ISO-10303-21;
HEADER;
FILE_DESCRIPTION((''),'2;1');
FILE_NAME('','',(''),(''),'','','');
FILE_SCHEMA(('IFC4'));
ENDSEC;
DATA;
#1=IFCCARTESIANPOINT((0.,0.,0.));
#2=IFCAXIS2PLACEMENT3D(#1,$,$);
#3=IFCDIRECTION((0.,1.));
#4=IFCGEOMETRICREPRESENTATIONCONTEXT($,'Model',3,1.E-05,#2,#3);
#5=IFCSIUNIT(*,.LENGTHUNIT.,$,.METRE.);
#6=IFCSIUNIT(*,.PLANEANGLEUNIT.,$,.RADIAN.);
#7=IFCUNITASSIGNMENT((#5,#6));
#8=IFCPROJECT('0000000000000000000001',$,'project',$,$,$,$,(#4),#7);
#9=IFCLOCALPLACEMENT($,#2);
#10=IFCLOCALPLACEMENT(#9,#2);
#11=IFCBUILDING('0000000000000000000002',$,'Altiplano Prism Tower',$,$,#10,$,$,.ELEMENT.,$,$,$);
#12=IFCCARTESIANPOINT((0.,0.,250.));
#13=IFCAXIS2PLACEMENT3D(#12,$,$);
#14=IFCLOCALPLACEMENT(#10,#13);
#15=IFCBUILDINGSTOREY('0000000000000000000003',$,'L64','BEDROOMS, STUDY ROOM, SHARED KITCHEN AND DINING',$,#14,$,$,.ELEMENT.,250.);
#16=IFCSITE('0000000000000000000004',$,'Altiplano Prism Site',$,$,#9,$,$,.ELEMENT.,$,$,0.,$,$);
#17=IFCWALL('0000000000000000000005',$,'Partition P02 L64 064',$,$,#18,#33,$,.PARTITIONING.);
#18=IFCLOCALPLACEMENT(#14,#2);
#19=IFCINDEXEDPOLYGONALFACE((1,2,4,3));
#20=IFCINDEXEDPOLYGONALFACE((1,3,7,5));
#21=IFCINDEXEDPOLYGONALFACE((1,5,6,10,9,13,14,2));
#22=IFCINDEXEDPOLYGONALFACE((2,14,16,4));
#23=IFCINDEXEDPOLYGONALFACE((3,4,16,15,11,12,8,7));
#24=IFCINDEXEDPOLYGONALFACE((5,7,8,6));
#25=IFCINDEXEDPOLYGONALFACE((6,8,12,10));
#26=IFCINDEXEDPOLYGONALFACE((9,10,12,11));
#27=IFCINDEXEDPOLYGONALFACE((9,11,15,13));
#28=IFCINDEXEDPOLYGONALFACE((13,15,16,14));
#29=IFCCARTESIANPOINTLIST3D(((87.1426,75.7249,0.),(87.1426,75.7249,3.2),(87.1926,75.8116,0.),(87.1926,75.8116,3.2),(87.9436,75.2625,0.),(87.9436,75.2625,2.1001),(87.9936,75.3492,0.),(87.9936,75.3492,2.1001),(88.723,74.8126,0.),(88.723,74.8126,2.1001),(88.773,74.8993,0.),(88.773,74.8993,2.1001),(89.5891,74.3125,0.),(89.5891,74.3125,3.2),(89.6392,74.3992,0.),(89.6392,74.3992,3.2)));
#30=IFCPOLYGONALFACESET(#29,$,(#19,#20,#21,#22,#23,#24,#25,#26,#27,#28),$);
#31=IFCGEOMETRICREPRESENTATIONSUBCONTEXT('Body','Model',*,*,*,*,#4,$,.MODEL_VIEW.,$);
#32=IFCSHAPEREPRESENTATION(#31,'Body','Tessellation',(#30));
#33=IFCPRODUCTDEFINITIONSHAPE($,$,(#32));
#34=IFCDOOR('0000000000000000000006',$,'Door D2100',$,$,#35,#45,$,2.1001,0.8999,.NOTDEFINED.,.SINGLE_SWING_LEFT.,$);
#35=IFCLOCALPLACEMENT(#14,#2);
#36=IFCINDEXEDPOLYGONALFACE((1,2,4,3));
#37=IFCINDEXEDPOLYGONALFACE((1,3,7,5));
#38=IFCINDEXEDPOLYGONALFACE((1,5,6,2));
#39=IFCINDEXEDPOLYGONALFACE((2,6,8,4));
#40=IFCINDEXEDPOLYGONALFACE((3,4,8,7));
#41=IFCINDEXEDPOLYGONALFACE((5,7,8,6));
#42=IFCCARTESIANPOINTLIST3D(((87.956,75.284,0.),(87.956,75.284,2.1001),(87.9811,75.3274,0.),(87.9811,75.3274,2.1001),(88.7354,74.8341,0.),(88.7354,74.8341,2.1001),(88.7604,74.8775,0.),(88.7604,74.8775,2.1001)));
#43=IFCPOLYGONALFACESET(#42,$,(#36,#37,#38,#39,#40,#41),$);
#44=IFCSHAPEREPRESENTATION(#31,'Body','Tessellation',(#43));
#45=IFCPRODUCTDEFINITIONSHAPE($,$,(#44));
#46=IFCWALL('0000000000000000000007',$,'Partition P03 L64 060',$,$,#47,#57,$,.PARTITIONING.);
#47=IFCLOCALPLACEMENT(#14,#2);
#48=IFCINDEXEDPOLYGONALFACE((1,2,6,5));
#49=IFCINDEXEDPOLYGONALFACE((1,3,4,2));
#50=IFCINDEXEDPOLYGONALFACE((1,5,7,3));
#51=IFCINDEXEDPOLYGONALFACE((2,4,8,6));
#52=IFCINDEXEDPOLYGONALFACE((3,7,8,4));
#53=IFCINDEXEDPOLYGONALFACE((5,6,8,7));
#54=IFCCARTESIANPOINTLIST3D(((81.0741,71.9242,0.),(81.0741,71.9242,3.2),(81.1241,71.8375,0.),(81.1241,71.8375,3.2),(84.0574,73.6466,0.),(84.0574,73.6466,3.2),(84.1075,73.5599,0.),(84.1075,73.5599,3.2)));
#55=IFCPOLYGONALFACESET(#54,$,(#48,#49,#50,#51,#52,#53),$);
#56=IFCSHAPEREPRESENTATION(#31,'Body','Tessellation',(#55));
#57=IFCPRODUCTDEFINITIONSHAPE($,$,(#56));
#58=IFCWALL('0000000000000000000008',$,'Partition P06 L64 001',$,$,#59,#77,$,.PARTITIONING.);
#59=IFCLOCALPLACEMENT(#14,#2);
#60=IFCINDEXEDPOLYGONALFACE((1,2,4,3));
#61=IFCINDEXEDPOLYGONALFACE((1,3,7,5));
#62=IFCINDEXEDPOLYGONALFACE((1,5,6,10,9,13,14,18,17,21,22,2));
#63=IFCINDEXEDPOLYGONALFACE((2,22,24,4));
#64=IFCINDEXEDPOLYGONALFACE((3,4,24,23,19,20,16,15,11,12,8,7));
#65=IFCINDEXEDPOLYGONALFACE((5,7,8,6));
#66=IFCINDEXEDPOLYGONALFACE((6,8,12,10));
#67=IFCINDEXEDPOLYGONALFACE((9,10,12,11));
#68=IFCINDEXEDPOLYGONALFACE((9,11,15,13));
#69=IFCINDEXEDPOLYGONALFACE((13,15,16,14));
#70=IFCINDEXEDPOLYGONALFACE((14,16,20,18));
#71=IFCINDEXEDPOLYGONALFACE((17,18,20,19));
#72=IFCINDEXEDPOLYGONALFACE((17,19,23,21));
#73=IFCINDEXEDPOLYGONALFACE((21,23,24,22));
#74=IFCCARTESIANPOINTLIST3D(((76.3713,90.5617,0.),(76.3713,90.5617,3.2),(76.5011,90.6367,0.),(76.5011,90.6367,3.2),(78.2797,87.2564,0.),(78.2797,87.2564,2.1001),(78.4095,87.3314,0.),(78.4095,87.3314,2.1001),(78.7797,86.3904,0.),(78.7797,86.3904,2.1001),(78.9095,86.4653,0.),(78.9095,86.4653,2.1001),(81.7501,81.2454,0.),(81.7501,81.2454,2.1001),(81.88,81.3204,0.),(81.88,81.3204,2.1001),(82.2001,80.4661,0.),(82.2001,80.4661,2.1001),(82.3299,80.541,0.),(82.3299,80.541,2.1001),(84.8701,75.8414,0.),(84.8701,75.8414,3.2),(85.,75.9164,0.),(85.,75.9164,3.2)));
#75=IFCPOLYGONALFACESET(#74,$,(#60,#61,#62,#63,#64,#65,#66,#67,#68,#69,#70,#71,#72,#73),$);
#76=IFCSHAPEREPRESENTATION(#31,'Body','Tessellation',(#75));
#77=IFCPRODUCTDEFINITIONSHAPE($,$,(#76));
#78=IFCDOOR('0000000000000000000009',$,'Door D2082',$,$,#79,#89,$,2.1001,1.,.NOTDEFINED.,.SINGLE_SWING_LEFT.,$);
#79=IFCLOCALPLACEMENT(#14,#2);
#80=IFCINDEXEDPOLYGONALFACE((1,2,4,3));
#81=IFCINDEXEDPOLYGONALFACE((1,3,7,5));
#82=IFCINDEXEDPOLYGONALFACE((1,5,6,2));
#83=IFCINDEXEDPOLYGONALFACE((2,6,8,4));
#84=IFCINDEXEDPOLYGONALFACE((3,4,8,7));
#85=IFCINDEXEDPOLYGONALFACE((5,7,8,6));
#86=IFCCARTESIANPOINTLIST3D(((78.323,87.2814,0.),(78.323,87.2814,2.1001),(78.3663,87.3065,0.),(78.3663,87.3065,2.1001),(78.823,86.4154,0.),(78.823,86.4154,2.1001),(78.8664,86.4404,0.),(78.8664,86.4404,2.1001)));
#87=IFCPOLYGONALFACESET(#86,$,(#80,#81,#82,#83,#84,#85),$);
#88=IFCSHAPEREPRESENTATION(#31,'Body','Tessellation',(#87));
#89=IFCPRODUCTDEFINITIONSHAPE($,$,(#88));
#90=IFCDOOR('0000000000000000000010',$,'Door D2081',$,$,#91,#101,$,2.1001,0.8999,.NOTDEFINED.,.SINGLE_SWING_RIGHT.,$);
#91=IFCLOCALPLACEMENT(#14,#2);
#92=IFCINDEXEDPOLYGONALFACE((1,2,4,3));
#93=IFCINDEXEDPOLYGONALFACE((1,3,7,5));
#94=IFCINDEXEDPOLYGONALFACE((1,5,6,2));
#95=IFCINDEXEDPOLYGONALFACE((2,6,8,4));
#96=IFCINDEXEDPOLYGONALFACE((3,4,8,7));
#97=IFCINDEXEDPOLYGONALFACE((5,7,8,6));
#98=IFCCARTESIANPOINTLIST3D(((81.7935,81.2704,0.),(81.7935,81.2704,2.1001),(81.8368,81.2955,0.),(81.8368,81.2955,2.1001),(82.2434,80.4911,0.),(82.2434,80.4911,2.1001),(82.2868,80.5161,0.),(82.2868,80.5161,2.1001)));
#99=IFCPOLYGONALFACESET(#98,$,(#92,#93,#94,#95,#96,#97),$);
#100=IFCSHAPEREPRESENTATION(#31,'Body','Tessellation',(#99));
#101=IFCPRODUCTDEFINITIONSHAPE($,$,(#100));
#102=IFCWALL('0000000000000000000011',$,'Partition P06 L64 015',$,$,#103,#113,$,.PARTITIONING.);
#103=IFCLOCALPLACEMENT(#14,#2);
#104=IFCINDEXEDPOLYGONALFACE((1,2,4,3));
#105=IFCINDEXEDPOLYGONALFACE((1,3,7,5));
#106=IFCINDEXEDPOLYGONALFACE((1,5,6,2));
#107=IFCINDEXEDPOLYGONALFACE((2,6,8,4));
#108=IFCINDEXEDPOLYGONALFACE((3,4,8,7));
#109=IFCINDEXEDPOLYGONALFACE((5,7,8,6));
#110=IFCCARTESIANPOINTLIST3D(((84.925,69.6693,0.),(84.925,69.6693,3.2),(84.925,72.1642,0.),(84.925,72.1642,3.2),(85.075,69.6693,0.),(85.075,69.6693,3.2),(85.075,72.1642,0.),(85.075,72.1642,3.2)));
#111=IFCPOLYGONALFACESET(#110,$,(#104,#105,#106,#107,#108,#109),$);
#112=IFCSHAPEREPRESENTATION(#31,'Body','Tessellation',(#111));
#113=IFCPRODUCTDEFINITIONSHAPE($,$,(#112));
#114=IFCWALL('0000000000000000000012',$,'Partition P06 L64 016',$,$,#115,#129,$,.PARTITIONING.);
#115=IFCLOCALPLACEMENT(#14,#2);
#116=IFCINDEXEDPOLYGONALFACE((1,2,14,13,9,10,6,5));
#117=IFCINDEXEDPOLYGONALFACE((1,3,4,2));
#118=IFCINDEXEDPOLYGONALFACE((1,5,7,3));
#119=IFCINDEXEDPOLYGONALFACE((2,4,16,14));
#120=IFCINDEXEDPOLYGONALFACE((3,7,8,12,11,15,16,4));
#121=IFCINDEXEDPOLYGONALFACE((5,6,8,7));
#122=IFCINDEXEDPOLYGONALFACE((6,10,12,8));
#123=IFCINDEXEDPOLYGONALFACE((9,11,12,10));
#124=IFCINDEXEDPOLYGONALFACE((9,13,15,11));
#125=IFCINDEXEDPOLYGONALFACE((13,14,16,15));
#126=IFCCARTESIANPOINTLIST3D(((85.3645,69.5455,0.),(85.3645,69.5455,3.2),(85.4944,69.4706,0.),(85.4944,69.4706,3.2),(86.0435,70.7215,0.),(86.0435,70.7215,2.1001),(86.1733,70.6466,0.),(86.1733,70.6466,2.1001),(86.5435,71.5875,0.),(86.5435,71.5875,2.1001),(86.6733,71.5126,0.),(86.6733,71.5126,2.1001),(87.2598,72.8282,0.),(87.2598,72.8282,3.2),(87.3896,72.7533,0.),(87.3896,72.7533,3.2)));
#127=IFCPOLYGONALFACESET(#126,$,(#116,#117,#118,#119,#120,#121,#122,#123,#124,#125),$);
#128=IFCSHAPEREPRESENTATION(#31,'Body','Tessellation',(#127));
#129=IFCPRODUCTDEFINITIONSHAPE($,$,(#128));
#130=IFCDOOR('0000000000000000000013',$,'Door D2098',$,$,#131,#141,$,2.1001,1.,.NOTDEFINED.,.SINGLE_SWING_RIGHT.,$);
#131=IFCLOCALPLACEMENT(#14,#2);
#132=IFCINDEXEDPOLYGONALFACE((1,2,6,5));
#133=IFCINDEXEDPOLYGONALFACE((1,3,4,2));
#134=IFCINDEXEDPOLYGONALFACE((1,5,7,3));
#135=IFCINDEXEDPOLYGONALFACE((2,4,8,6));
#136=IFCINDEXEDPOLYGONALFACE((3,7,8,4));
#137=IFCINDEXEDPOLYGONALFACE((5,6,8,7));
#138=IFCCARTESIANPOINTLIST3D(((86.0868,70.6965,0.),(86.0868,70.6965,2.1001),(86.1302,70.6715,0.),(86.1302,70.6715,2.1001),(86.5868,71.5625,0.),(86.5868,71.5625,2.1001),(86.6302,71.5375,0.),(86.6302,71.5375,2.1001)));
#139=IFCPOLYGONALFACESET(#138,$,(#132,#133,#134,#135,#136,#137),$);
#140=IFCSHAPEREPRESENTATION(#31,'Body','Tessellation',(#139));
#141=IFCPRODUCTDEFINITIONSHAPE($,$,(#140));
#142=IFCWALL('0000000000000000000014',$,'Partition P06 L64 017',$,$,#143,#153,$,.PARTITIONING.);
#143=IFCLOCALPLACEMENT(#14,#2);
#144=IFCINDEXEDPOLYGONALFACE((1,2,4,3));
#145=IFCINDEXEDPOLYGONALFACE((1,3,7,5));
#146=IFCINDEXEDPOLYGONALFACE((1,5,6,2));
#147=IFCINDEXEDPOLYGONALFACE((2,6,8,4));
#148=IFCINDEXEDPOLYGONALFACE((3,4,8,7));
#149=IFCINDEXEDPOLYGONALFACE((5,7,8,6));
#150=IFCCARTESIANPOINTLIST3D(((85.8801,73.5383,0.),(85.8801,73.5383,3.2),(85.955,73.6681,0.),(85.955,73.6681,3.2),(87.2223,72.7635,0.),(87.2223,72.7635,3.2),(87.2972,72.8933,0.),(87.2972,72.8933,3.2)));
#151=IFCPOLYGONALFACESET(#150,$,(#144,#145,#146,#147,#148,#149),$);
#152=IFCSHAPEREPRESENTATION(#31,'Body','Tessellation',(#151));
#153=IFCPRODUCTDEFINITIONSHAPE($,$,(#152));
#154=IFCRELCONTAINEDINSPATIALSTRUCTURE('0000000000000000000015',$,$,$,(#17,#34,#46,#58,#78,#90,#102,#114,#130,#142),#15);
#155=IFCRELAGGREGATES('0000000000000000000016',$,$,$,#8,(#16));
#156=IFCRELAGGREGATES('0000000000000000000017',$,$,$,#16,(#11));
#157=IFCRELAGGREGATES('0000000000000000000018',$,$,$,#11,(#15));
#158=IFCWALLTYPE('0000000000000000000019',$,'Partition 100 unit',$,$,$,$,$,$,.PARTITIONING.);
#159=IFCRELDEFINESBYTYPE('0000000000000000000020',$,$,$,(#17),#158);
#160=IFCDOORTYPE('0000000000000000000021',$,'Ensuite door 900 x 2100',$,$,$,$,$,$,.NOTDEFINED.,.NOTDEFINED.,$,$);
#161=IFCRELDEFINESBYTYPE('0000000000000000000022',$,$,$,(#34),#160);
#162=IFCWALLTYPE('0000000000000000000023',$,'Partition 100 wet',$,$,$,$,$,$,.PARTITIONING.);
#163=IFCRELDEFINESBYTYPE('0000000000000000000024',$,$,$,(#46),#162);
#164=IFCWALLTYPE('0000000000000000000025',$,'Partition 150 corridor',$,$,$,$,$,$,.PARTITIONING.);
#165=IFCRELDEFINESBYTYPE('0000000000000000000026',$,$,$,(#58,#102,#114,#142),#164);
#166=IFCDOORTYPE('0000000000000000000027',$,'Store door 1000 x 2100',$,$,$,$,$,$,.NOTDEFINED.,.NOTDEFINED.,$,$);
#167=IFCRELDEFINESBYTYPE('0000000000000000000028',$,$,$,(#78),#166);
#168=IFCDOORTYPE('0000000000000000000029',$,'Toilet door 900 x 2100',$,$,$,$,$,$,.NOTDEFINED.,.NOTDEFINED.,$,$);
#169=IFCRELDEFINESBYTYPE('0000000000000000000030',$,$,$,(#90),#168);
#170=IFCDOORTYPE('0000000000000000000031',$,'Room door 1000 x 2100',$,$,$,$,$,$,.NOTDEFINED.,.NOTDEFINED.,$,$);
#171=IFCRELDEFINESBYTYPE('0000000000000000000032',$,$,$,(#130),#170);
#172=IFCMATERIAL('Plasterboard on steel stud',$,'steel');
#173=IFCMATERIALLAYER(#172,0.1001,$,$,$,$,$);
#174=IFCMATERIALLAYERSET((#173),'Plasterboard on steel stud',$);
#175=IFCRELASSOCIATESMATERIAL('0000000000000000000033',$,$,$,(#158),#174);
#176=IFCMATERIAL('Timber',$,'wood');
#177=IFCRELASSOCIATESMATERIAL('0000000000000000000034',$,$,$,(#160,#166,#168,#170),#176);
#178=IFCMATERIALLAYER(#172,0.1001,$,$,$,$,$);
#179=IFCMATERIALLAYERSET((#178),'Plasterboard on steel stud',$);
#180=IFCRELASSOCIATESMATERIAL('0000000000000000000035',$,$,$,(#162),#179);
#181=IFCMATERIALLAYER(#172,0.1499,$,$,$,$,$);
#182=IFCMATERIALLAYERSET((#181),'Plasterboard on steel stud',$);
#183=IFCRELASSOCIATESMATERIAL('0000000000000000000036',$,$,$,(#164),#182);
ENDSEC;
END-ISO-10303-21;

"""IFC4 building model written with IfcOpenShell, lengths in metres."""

from ifc_helpers import new_model, si_unit, direction, frame, frame_2d, origin, place, context, subcontext, project, spatial, rectangle, extrude, material, layer, layer_set, type_object, element, fill, save


model = new_model("IFC4")

# Units and contexts
model_context = context("Model", 3, precision=1e-05, world=origin(), true_north=direction((0.0, 1.0)))
body_context = subcontext(model_context, "Body", "Model", "MODEL_VIEW")
ifc_project = project(units=[si_unit("LENGTHUNIT", "METRE"), si_unit("PLANEANGLEUNIT", "RADIAN")], contexts=[model_context])

# Site, building, storey
site_placement = place(None, origin())
site = spatial("IfcSite", under=ifc_project, at=site_placement, Name="Altiplano Prism Site", CompositionType="ELEMENT", RefElevation=0.0)
building_placement = place(site_placement, origin())
building = spatial("IfcBuilding", under=site, at=building_placement, Name="Altiplano Prism Tower", CompositionType="ELEMENT")
storey_placement = place(building_placement, frame((0.0, 0.0, 250.0)))
storey = spatial("IfcBuildingStorey", under=building, at=storey_placement, Name="L64", Description="BEDROOMS, STUDY ROOM, SHARED KITCHEN AND DINING", CompositionType="ELEMENT", Elevation=250.0)

# Shared definitions
ifc_material_1 = material(Name="Plasterboard on steel stud", Category="steel")
ifc_layer_1 = layer(ifc_material_1, 0.1001)
ifc_layer_set_1 = layer_set([ifc_layer_1], Name="Plasterboard on steel stud")
wall_type_1 = type_object("IfcWallType", Name="Partition 100 unit", PredefinedType="PARTITIONING", material=ifc_layer_set_1)

# Wall, opening, door
ifc_material_2 = material(Name="Timber", Category="wood")
wall_1_placement = place(storey_placement, frame((87.1675, 75.7683, 0.0), z_axis=(0.0, 0.0, 1.0), x_axis=(0.866049, -0.499959, 0.0)))
wall_1 = element("IfcWall", 1, at=wall_1_placement, inside=storey, type_object=wall_type_1, Name="Partition P02 L64 064", PredefinedType="PARTITIONING", context=body_context, shape_type="SweptSolid", body=[
    extrude(rectangle(XDim=2.825, YDim=0.1001, at=frame_2d((1.4126, 0.0))), origin(), (0.0, 0.0, 1.0), 3.2),
])
opening_1_placement = place(wall_1_placement, frame((0.925, 0.0, 0.0)))
opening_1 = element("IfcOpeningElement", 2, at=opening_1_placement, cuts=wall_1, PredefinedType="OPENING", context=body_context, shape_type="SweptSolid", body=[
    extrude(rectangle(XDim=0.8999, YDim=2.1001, at=frame_2d((0.45, 1.05))), frame((0.0, 0.0605, 0.0), z_axis=(0.0, -1.0, 0.0), x_axis=(1.0, 0.0, 0.0)), (0.0, 0.0, 1.0), 0.1211),
])
door_type_1 = type_object("IfcDoorType", Name="Ensuite door 900 x 2100", OperationType="NOTDEFINED", PredefinedType="NOTDEFINED", material=ifc_material_2)
door_1_placement = place(opening_1_placement, origin())
door_1 = element("IfcDoor", 3, at=door_1_placement, inside=storey, type_object=door_type_1, Name="Door D2100", OperationType="SINGLE_SWING_LEFT", OverallHeight=2.1001, OverallWidth=0.8999, PredefinedType="NOTDEFINED", context=body_context, shape_type="SweptSolid", body=[
    extrude(rectangle(XDim=0.8999, YDim=2.1001, at=frame_2d((0.45, 1.05))), frame((0.0, 0.0249, 0.0), z_axis=(0.0, -1.0, 0.0), x_axis=(1.0, 0.0, 0.0)), (0.0, 0.0, 1.0), 0.05),
])
fill(opening_1, door_1)

# Wall
ifc_layer_2 = layer(ifc_material_1, 0.1001)
ifc_layer_set_2 = layer_set([ifc_layer_2], Name="Plasterboard on steel stud")
wall_type_2 = type_object("IfcWallType", Name="Partition 100 wet", PredefinedType="PARTITIONING", material=ifc_layer_set_2)
wall_2_placement = place(storey_placement, frame((81.0991, 71.8809, 0.0), z_axis=(0.0, 0.0, 1.0), x_axis=(0.866032, 0.499988, 0.0)))
element("IfcWall", 4, at=wall_2_placement, inside=storey, type_object=wall_type_2, Name="Partition P03 L64 060", PredefinedType="PARTITIONING", context=body_context, shape_type="SweptSolid", body=[
    extrude(rectangle(XDim=3.4448, YDim=0.1001, at=frame_2d((1.7224, 0.0))), origin(), (0.0, 0.0, 1.0), 3.2),
])

# Wall, openings, doors
ifc_layer_3 = layer(ifc_material_1, 0.1499)
ifc_layer_set_3 = layer_set([ifc_layer_3], Name="Plasterboard on steel stud")
wall_type_3 = type_object("IfcWallType", Name="Partition 150 corridor", PredefinedType="PARTITIONING", material=ifc_layer_set_3)
wall_3_placement = place(storey_placement, frame((84.9351, 75.8789, 0.0), z_axis=(0.0, 0.0, 1.0), x_axis=(-0.500003, 0.866024, 0.0)))
wall_3 = element("IfcWall", 5, at=wall_3_placement, inside=storey, type_object=wall_type_3, Name="Partition P06 L64 001", PredefinedType="PARTITIONING", context=body_context, shape_type="SweptSolid", body=[
    extrude(rectangle(XDim=16.9976, YDim=0.1499, at=frame_2d((8.4988, 0.0))), origin(), (0.0, 0.0, 1.0), 3.2),
])
opening_2_placement = place(wall_3_placement, frame((5.3401, 0.0, 0.0)))
opening_2 = element("IfcOpeningElement", 6, at=opening_2_placement, cuts=wall_3, PredefinedType="OPENING", context=body_context, shape_type="SweptSolid", body=[
    extrude(rectangle(XDim=0.8999, YDim=2.1001, at=frame_2d((0.45, 1.05))), frame((0.0, 0.0854, 0.0), z_axis=(0.0, -1.0, 0.0), x_axis=(1.0, 0.0, 0.0)), (0.0, 0.0, 1.0), 0.1709),
])
opening_3_placement = place(wall_3_placement, frame((12.1809, 0.0, 0.0)))
opening_3 = element("IfcOpeningElement", 7, at=opening_3_placement, cuts=wall_3, PredefinedType="OPENING", context=body_context, shape_type="SweptSolid", body=[
    extrude(rectangle(XDim=1.0, YDim=2.1001, at=frame_2d((0.5, 1.05))), frame((0.0, 0.0854, 0.0), z_axis=(0.0, -1.0, 0.0), x_axis=(1.0, 0.0, 0.0)), (0.0, 0.0, 1.0), 0.1709),
])
door_type_2 = type_object("IfcDoorType", Name="Store door 1000 x 2100", OperationType="NOTDEFINED", PredefinedType="NOTDEFINED", material=ifc_material_2)
door_2_placement = place(opening_3_placement, origin())
door_2 = element("IfcDoor", 8, at=door_2_placement, inside=storey, type_object=door_type_2, Name="Door D2082", OperationType="SINGLE_SWING_LEFT", OverallHeight=2.1001, OverallWidth=1.0, PredefinedType="NOTDEFINED", context=body_context, shape_type="SweptSolid", body=[
    extrude(rectangle(XDim=1.0, YDim=2.1001, at=frame_2d((0.5, 1.05))), frame((0.0, 0.0249, 0.0), z_axis=(0.0, -1.0, 0.0), x_axis=(1.0, 0.0, 0.0)), (0.0, 0.0, 1.0), 0.05),
])
fill(opening_3, door_2)
door_type_3 = type_object("IfcDoorType", Name="Toilet door 900 x 2100", OperationType="NOTDEFINED", PredefinedType="NOTDEFINED", material=ifc_material_2)
door_3_placement = place(opening_2_placement, origin())
door_3 = element("IfcDoor", 9, at=door_3_placement, inside=storey, type_object=door_type_3, Name="Door D2081", OperationType="SINGLE_SWING_RIGHT", OverallHeight=2.1001, OverallWidth=0.8999, PredefinedType="NOTDEFINED", context=body_context, shape_type="SweptSolid", body=[
    extrude(rectangle(XDim=0.8999, YDim=2.1001, at=frame_2d((0.45, 1.05))), frame((0.0, 0.0249, 0.0), z_axis=(0.0, -1.0, 0.0), x_axis=(1.0, 0.0, 0.0)), (0.0, 0.0, 1.0), 0.05),
])
fill(opening_2, door_3)

# Wall
wall_4_placement = place(storey_placement, frame((85.0, 72.1643, 0.0), z_axis=(0.0, 0.0, 1.0), x_axis=(0.0, -1.0, 0.0)))
element("IfcWall", 10, at=wall_4_placement, inside=storey, type_object=wall_type_3, Name="Partition P06 L64 015", PredefinedType="PARTITIONING", context=body_context, shape_type="SweptSolid", body=[
    extrude(rectangle(XDim=2.4949, YDim=0.1499, at=frame_2d((1.2476, 0.0))), origin(), (0.0, 0.0, 1.0), 3.2),
])

# Wall, opening, door
wall_5_placement = place(storey_placement, frame((85.4294, 69.5081, 0.0), z_axis=(0.0, 0.0, 1.0), x_axis=(0.499998, 0.866027, 0.0)))
wall_5 = element("IfcWall", 11, at=wall_5_placement, inside=storey, type_object=wall_type_3, Name="Partition P06 L64 016", PredefinedType="PARTITIONING", context=body_context, shape_type="SweptSolid", body=[
    extrude(rectangle(XDim=3.7905, YDim=0.1499, at=frame_2d((1.8953, 0.0))), origin(), (0.0, 0.0, 1.0), 3.2),
])
opening_4_placement = place(wall_5_placement, frame((1.3579, 0.0, 0.0)))
opening_4 = element("IfcOpeningElement", 12, at=opening_4_placement, cuts=wall_5, PredefinedType="OPENING", context=body_context, shape_type="SweptSolid", body=[
    extrude(rectangle(XDim=1.0, YDim=2.1001, at=frame_2d((0.5, 1.05))), frame((0.0, 0.0854, 0.0), z_axis=(0.0, -1.0, 0.0), x_axis=(1.0, 0.0, 0.0)), (0.0, 0.0, 1.0), 0.1709),
])
door_type_4 = type_object("IfcDoorType", Name="Room door 1000 x 2100", OperationType="NOTDEFINED", PredefinedType="NOTDEFINED", material=ifc_material_2)
door_4_placement = place(opening_4_placement, origin())
door_4 = element("IfcDoor", 13, at=door_4_placement, inside=storey, type_object=door_type_4, Name="Door D2098", OperationType="SINGLE_SWING_RIGHT", OverallHeight=2.1001, OverallWidth=1.0, PredefinedType="NOTDEFINED", context=body_context, shape_type="SweptSolid", body=[
    extrude(rectangle(XDim=1.0, YDim=2.1001, at=frame_2d((0.5, 1.05))), frame((0.0, 0.0249, 0.0), z_axis=(0.0, -1.0, 0.0), x_axis=(1.0, 0.0, 0.0)), (0.0, 0.0, 1.0), 0.05),
])
fill(opening_4, door_4)

# Wall
wall_6_placement = place(storey_placement, frame((87.2598, 72.8284, 0.0), z_axis=(0.0, 0.0, 1.0), x_axis=(-0.866044, 0.499968, 0.0)))
element("IfcWall", 14, at=wall_6_placement, inside=storey, type_object=wall_type_3, Name="Partition P06 L64 017", PredefinedType="PARTITIONING", context=body_context, shape_type="SweptSolid", body=[
    extrude(rectangle(XDim=1.5498, YDim=0.1499, at=frame_2d((0.7749, 0.0))), origin(), (0.0, 0.0, 1.0), 3.2),
])

save(model, "model.ifc")
